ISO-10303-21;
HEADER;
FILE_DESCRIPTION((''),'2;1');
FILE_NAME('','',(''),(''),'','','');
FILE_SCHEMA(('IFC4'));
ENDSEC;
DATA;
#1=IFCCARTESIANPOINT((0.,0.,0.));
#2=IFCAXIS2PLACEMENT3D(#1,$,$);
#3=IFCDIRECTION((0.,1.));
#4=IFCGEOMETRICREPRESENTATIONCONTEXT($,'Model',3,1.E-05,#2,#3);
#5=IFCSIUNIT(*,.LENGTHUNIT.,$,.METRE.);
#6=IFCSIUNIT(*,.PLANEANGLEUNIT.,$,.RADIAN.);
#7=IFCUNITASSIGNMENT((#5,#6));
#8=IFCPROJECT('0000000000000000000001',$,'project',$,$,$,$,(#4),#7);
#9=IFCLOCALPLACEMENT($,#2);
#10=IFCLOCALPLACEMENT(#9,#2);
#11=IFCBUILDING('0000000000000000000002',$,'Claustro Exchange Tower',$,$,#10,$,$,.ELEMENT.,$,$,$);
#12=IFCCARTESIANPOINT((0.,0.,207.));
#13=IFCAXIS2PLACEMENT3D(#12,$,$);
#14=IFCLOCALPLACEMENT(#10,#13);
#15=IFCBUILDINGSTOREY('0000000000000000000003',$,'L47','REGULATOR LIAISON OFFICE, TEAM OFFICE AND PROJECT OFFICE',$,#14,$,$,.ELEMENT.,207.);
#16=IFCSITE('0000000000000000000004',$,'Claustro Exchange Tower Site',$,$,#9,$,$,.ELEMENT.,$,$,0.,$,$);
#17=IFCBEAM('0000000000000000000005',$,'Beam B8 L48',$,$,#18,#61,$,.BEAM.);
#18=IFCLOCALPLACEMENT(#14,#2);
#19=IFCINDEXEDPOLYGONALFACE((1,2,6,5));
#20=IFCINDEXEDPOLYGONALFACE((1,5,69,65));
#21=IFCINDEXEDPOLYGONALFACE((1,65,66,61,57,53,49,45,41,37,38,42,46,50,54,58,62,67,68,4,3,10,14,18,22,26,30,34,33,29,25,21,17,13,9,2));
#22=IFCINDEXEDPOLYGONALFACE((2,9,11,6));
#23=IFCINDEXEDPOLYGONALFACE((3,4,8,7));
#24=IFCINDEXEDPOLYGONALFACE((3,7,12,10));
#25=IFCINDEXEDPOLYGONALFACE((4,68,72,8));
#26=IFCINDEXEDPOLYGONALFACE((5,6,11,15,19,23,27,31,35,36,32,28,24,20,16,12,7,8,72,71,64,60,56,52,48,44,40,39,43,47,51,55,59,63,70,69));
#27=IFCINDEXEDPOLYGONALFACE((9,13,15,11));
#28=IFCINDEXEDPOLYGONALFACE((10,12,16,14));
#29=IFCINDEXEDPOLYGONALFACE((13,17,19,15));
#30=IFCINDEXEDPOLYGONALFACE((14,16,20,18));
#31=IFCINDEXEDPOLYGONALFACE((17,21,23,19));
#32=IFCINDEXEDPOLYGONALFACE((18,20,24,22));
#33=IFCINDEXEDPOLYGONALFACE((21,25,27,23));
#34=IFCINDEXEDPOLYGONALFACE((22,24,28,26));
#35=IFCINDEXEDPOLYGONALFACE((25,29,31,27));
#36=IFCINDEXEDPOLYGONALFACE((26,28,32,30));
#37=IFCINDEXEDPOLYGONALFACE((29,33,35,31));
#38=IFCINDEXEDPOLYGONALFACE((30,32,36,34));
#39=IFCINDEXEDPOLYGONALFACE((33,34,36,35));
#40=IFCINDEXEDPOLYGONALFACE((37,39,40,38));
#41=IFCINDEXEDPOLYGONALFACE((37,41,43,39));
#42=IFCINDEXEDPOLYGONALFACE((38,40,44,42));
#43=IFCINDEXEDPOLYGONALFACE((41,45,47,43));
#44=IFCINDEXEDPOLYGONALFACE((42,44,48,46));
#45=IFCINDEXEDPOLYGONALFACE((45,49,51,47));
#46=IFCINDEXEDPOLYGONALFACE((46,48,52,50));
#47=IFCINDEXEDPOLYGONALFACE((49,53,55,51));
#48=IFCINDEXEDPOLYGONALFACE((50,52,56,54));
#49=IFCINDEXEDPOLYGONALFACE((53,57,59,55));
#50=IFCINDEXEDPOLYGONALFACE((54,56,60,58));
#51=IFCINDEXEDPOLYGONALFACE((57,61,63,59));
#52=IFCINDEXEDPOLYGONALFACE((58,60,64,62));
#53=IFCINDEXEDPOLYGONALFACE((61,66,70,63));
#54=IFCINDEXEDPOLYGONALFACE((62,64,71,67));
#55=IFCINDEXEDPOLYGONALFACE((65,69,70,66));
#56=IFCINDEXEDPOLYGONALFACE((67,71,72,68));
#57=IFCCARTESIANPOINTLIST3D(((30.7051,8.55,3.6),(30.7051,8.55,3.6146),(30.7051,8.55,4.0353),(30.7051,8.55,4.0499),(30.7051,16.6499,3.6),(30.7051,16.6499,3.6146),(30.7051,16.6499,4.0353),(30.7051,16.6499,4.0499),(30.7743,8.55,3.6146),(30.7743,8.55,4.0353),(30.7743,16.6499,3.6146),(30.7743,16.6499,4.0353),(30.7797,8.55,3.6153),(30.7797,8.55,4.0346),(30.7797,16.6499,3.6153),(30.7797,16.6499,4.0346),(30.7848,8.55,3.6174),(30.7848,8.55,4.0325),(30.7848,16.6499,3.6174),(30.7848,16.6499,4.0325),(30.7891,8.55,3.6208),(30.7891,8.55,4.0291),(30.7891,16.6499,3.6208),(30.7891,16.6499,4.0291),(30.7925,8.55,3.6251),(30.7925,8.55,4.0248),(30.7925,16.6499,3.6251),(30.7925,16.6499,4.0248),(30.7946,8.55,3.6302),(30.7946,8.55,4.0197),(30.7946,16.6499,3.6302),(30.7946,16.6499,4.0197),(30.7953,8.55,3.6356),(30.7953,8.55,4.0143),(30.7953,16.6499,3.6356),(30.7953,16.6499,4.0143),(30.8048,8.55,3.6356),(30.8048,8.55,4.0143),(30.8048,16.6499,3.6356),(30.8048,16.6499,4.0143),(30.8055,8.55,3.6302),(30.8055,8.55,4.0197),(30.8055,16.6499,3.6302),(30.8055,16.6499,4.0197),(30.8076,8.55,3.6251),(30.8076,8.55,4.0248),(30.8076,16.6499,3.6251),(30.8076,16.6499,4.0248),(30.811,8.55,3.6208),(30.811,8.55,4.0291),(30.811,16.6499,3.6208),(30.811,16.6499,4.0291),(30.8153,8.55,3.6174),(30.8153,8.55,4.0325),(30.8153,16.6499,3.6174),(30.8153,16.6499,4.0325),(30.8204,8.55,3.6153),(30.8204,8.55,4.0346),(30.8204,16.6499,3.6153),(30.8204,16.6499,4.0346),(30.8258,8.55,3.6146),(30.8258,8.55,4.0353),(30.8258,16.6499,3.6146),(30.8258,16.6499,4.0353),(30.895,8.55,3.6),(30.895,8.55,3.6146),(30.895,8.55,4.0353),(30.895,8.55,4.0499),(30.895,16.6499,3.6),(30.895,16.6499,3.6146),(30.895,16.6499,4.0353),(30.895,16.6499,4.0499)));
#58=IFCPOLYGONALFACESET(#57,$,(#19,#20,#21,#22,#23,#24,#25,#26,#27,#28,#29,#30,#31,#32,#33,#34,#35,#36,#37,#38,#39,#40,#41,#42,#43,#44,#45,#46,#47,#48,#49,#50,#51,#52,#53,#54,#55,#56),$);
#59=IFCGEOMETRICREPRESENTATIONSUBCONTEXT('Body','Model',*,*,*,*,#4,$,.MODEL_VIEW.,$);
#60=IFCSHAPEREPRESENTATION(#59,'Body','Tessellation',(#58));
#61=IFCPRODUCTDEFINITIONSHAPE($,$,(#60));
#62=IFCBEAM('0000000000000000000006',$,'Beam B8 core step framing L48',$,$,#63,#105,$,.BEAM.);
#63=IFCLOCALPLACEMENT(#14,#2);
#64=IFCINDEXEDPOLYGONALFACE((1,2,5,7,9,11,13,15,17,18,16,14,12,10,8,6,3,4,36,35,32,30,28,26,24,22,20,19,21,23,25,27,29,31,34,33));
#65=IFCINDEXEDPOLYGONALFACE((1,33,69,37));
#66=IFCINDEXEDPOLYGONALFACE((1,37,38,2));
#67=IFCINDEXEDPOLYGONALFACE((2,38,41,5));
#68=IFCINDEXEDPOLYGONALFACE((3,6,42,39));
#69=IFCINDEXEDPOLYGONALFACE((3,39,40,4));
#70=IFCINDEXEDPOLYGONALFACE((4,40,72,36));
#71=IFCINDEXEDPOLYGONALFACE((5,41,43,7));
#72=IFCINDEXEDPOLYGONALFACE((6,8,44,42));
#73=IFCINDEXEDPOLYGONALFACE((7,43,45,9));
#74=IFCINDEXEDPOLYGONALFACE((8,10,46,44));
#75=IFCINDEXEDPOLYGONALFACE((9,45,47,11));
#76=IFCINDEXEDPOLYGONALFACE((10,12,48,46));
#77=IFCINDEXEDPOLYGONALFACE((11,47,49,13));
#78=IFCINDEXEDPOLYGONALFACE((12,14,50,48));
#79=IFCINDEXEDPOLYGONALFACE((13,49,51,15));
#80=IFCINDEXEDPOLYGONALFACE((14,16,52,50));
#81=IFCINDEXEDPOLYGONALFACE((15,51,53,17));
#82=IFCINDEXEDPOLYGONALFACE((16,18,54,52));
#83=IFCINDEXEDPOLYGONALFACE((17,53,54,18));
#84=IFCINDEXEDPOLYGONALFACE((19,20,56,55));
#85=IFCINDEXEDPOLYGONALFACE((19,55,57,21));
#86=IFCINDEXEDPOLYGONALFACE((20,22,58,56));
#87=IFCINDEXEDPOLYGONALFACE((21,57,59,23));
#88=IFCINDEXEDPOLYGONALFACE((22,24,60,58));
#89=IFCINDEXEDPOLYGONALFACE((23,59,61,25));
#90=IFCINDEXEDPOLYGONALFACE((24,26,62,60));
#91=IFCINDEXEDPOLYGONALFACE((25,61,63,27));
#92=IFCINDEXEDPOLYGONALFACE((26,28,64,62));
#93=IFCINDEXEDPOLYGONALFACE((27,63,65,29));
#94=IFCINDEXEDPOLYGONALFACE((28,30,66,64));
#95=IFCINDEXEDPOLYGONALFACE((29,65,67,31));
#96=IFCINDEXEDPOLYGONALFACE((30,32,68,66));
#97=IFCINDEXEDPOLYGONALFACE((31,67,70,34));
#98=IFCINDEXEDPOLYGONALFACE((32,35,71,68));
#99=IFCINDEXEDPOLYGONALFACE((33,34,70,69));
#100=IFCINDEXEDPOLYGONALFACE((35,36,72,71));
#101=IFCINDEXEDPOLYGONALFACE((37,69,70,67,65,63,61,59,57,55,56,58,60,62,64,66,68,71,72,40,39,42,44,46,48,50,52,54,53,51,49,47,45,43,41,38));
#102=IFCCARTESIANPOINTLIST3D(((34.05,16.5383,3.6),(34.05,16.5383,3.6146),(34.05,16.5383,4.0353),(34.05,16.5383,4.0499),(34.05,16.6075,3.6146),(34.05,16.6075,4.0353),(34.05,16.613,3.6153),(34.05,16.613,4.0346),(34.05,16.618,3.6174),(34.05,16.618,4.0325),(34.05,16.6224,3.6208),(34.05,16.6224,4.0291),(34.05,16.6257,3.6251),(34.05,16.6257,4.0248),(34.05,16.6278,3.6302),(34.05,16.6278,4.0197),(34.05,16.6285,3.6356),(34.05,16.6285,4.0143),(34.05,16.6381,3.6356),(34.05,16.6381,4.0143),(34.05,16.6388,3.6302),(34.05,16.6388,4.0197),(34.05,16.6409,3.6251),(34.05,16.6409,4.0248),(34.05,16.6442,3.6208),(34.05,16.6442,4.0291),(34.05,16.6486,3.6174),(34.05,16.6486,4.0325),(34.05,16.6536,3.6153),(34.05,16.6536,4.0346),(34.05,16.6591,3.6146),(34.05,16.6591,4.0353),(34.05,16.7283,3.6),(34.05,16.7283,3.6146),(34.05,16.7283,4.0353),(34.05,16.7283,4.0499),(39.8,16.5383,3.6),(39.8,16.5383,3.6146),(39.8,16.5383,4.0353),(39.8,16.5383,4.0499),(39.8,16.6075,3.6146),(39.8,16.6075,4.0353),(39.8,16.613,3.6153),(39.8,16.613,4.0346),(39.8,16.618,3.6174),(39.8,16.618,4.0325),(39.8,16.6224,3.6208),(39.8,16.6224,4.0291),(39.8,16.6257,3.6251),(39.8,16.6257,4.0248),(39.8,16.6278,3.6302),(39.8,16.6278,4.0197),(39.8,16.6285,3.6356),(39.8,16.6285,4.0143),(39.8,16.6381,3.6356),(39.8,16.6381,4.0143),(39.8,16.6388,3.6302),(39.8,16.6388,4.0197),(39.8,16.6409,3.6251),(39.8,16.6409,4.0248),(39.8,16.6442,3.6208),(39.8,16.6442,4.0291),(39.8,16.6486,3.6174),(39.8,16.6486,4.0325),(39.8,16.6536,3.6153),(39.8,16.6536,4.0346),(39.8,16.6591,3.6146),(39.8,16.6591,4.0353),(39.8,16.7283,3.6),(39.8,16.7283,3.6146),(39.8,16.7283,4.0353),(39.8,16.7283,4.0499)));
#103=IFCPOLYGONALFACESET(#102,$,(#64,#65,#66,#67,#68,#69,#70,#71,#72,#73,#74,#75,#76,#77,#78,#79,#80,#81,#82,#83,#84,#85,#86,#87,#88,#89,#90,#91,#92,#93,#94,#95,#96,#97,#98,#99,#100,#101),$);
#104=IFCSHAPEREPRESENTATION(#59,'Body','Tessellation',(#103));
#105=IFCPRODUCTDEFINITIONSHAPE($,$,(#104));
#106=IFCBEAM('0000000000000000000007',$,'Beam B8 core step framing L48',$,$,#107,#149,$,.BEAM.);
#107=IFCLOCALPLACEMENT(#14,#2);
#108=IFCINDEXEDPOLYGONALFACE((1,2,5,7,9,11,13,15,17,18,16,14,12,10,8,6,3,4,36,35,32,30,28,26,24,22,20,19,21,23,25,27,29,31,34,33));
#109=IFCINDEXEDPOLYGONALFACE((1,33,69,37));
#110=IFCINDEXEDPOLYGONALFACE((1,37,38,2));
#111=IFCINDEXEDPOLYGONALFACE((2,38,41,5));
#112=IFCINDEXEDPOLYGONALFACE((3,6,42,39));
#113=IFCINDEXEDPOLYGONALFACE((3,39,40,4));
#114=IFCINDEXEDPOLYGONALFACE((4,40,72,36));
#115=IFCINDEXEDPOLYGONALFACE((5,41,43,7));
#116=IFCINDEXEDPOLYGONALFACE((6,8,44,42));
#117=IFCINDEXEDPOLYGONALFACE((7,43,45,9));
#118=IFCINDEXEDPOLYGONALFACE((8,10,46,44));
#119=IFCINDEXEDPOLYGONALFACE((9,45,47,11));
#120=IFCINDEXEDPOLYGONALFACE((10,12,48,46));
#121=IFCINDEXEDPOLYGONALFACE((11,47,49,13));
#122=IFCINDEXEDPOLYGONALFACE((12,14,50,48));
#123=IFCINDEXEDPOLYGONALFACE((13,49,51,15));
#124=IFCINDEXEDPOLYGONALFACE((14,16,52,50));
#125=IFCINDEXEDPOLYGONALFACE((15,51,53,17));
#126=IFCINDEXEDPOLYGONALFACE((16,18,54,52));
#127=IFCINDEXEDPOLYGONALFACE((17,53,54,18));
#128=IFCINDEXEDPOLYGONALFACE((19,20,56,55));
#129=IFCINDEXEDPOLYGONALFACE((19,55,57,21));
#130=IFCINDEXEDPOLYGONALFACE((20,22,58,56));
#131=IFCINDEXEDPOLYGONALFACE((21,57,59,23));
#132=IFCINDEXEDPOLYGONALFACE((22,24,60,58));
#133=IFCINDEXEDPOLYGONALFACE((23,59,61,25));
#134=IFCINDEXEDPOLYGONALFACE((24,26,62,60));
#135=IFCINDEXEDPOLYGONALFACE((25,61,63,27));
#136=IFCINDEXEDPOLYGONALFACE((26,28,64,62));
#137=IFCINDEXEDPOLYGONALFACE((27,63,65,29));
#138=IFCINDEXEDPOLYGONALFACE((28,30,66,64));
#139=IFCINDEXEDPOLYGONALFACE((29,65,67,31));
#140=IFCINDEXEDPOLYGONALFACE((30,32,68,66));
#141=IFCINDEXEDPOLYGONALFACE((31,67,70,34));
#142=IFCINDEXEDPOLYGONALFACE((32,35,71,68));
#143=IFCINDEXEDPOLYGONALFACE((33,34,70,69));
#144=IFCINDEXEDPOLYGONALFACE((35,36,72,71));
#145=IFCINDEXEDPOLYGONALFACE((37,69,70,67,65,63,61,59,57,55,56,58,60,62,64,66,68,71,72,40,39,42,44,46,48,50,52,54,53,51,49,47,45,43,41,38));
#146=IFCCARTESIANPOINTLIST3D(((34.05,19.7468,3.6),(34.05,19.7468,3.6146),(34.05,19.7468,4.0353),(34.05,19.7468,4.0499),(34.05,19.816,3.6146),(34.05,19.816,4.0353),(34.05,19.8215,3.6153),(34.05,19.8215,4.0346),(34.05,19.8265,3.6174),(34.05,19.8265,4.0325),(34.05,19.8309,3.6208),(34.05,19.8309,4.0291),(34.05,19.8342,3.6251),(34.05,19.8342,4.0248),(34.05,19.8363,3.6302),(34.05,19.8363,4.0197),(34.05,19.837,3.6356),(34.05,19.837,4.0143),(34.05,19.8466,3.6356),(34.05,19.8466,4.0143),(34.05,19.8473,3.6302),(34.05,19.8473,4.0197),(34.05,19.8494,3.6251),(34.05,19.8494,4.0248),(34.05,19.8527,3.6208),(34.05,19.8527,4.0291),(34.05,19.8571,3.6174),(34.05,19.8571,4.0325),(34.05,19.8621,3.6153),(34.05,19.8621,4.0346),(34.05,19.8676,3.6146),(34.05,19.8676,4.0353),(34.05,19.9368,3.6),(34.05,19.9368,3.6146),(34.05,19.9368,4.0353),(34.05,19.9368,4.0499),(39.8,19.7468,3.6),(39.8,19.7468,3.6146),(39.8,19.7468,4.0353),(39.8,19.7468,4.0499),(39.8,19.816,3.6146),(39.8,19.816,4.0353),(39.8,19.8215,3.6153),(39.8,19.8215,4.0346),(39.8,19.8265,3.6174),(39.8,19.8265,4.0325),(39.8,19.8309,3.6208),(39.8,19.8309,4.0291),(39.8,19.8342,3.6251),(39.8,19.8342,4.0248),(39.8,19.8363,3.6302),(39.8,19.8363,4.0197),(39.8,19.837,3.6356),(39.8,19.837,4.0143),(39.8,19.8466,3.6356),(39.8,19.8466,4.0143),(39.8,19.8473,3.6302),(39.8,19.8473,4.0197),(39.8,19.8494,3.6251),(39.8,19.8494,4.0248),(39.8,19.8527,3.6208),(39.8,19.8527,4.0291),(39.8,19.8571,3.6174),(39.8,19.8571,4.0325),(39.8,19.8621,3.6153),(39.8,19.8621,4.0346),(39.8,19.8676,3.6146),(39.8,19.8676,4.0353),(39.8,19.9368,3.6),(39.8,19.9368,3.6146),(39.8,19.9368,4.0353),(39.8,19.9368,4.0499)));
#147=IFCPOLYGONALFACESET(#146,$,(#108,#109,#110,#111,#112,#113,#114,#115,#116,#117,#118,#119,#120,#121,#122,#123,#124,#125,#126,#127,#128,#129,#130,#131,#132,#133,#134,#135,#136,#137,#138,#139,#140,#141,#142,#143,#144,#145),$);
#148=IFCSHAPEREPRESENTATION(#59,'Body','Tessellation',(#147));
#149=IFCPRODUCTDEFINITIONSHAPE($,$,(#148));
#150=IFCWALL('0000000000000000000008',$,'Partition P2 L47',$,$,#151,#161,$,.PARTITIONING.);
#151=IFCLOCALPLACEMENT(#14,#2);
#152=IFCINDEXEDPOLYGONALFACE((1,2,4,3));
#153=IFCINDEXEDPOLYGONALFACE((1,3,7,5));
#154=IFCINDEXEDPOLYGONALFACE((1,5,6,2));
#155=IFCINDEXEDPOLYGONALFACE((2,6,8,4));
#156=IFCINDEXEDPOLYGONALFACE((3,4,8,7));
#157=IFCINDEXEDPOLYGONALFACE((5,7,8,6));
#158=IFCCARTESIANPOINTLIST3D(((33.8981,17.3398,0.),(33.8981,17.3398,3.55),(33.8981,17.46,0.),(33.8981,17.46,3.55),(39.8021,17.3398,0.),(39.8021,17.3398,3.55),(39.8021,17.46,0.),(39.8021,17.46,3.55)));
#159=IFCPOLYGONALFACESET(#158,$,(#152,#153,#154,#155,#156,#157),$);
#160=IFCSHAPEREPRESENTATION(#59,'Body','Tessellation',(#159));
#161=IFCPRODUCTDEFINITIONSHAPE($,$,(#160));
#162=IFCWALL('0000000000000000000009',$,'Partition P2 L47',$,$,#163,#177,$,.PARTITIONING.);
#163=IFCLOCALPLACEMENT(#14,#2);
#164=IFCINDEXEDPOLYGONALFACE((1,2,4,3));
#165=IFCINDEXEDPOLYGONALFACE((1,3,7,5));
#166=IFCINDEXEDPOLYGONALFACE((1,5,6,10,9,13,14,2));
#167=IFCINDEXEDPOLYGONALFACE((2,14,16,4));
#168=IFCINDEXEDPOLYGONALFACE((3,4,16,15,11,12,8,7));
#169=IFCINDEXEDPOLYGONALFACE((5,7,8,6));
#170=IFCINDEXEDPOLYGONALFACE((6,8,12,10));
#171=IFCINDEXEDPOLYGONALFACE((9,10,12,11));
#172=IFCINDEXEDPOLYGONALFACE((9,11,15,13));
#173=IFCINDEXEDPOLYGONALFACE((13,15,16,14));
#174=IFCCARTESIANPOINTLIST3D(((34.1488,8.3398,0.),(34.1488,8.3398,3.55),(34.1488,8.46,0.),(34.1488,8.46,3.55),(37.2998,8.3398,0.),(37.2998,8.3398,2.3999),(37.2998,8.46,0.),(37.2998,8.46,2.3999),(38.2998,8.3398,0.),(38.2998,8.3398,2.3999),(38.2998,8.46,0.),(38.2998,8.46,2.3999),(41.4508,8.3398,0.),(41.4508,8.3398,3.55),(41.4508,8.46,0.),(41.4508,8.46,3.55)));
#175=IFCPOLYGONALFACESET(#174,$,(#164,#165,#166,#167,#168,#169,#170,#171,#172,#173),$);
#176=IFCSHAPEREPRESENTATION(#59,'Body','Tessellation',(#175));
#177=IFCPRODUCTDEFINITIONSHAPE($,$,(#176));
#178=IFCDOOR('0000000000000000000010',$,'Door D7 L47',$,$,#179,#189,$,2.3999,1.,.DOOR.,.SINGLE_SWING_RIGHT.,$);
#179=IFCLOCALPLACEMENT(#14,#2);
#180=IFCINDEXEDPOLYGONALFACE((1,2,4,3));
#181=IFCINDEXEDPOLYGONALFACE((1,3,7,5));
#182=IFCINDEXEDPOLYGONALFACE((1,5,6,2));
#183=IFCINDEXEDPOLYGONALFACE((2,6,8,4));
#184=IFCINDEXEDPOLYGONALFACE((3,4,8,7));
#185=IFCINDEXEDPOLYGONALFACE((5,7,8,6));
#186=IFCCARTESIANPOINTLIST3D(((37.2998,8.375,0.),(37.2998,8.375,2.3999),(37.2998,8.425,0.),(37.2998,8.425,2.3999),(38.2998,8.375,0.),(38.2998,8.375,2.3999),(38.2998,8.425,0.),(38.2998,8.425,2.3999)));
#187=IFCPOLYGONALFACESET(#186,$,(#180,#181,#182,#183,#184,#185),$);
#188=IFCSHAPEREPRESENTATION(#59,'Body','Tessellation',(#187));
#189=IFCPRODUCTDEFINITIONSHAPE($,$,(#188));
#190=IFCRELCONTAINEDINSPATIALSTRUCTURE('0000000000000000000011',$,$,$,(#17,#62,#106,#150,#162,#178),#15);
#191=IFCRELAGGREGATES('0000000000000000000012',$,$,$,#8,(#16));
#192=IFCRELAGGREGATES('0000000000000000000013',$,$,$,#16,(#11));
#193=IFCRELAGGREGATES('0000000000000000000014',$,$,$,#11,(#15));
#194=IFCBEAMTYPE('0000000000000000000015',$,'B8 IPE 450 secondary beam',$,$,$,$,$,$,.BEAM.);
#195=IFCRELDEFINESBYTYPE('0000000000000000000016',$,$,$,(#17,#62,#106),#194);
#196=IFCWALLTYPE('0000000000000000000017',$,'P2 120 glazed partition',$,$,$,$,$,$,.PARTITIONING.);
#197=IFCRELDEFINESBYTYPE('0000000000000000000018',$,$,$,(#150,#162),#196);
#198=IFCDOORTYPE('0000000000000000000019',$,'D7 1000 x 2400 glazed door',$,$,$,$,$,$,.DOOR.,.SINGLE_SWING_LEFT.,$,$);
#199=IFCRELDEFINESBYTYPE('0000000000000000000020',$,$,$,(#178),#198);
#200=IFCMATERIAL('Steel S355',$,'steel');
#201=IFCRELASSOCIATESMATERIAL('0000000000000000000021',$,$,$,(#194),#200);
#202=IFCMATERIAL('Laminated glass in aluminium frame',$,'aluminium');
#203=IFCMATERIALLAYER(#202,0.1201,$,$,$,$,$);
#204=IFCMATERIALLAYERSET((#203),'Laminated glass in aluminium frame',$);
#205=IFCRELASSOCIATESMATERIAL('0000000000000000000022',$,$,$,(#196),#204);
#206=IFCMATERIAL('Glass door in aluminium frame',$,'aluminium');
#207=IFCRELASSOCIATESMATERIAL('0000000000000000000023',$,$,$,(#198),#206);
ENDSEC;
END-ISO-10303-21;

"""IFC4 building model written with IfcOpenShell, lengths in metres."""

from ifc_helpers import new_model, si_unit, direction, frame, frame_2d, origin, origin_2d, place, context, subcontext, project, spatial, rectangle, i_section, extrude, material, layer, layer_set, material_profile, profile_set, type_object, element, fill, save


model = new_model("IFC4")

# Units and contexts
model_context = context("Model", 3, precision=1e-05, world=origin(), true_north=direction((0.0, 1.0)))
body_context = subcontext(model_context, "Body", "Model", "MODEL_VIEW")
ifc_project = project(units=[si_unit("LENGTHUNIT", "METRE"), si_unit("PLANEANGLEUNIT", "RADIAN")], contexts=[model_context])

# Site, building, storey
site_placement = place(None, origin())
site = spatial("IfcSite", under=ifc_project, at=site_placement, Name="Claustro Exchange Tower Site", CompositionType="ELEMENT", RefElevation=0.0)
building_placement = place(site_placement, origin())
building = spatial("IfcBuilding", under=site, at=building_placement, Name="Claustro Exchange Tower", CompositionType="ELEMENT")
storey_placement = place(building_placement, frame((0.0, 0.0, 207.0)))
storey = spatial("IfcBuildingStorey", under=building, at=storey_placement, Name="L47", Description="REGULATOR LIAISON OFFICE, TEAM OFFICE AND PROJECT OFFICE", CompositionType="ELEMENT", Elevation=207.0)

# Beams
ifc_material_1 = material(Name="Steel S355", Category="steel")
ifc_material_profile_1 = material_profile(ifc_material_1, i_section(OverallWidth=0.1899, OverallDepth=0.45, WebThickness=0.0095, FlangeThickness=0.0146, FilletRadius=0.021, at=origin_2d()), Name="IPE 450")
ifc_profile_set_1 = profile_set([ifc_material_profile_1], Name="Steel S355")
beam_type_1 = type_object("IfcBeamType", Name="B8 IPE 450 secondary beam", PredefinedType="BEAM", material=ifc_profile_set_1)
for number, where, z_axis, x_axis, name in (
    (1, (30.8, 8.55, 3.825), (0.0, 1.0, 0.0), (-1.0, 0.0, 0.0), "Beam B8 L48"),
):
    element("IfcBeam", number, at=place(storey_placement, frame(where, z_axis=z_axis, x_axis=x_axis)), inside=storey, type_object=beam_type_1, Name=name, PredefinedType="BEAM", context=body_context, shape_type="SweptSolid", body=[
        extrude(i_section(OverallWidth=0.1899, OverallDepth=0.45, WebThickness=0.0095, FlangeThickness=0.0146, FilletRadius=0.021, at=origin_2d()), origin(), (0.0, 0.0, 1.0), 8.0999),
    ])
for number, where, z_axis, x_axis, name in (
    (2, (34.05, 16.6333, 3.825), (1.0, 0.0, 0.0), (0.0, 1.0, 0.0), "Beam B8 core step framing L48"),
    (3, (34.05, 19.8418, 3.825), (1.0, 0.0, 0.0), (0.0, 1.0, 0.0), "Beam B8 core step framing L48"),
):
    element("IfcBeam", number, at=place(storey_placement, frame(where, z_axis=z_axis, x_axis=x_axis)), inside=storey, type_object=beam_type_1, Name=name, PredefinedType="BEAM", context=body_context, shape_type="SweptSolid", body=[
        extrude(i_section(OverallWidth=0.1899, OverallDepth=0.45, WebThickness=0.0095, FlangeThickness=0.0146, FilletRadius=0.021, at=origin_2d()), origin(), (0.0, 0.0, 1.0), 5.75),
    ])

# Wall
ifc_material_2 = material(Name="Laminated glass in aluminium frame", Category="aluminium")
ifc_layer_1 = layer(ifc_material_2, 0.1201)
ifc_layer_set_1 = layer_set([ifc_layer_1], Name="Laminated glass in aluminium frame")
wall_type_1 = type_object("IfcWallType", Name="P2 120 glazed partition", PredefinedType="PARTITIONING", material=ifc_layer_set_1)
wall_1_placement = place(storey_placement, frame((33.8979, 17.3999, 0.0), z_axis=(0.0, 0.0, 1.0), x_axis=(1.0, 0.0, 0.0)))
element("IfcWall", 4, at=wall_1_placement, inside=storey, type_object=wall_type_1, Name="Partition P2 L47", PredefinedType="PARTITIONING", context=body_context, shape_type="SweptSolid", body=[
    extrude(rectangle(XDim=5.9041, YDim=0.1201, at=frame_2d((2.9521, 0.0))), origin(), (0.0, 0.0, 1.0), 3.55),
])

# Wall, opening, door
wall_2_placement = place(storey_placement, frame((34.1489, 8.3999, 0.0), z_axis=(0.0, 0.0, 1.0), x_axis=(1.0, 0.0, 0.0)))
wall_2 = element("IfcWall", 5, at=wall_2_placement, inside=storey, type_object=wall_type_1, Name="Partition P2 L47", PredefinedType="PARTITIONING", context=body_context, shape_type="SweptSolid", body=[
    extrude(rectangle(XDim=7.302, YDim=0.1201, at=frame_2d((3.6509, 0.0))), origin(), (0.0, 0.0, 1.0), 3.55),
])
opening_1_placement = place(wall_2_placement, frame((3.1509, 0.0, 0.0)))
opening_1 = element("IfcOpeningElement", 6, at=opening_1_placement, cuts=wall_2, PredefinedType="OPENING", context=body_context, shape_type="SweptSolid", body=[
    extrude(rectangle(XDim=1.0, YDim=2.3999, at=frame_2d((0.5, 1.2))), frame((0.0, 0.0701, 0.0), z_axis=(0.0, -1.0, 0.0), x_axis=(1.0, 0.0, 0.0)), (0.0, 0.0, 1.0), 0.1401),
])
ifc_material_3 = material(Name="Glass door in aluminium frame", Category="aluminium")
door_type_1 = type_object("IfcDoorType", Name="D7 1000 x 2400 glazed door", OperationType="SINGLE_SWING_LEFT", PredefinedType="DOOR", material=ifc_material_3)
door_1_placement = place(opening_1_placement, frame((1.0, 0.0, 0.0), z_axis=(0.0, 0.0, 1.0), x_axis=(-1.0, 0.0, 0.0)))
door_1 = element("IfcDoor", 7, at=door_1_placement, inside=storey, type_object=door_type_1, Name="Door D7 L47", OperationType="SINGLE_SWING_RIGHT", OverallHeight=2.3999, OverallWidth=1.0, PredefinedType="DOOR", context=body_context, shape_type="SweptSolid", body=[
    extrude(rectangle(XDim=1.0, YDim=2.3999, at=frame_2d((0.5, 1.2))), frame((0.0, 0.0249, 0.0), z_axis=(0.0, -1.0, 0.0), x_axis=(1.0, 0.0, 0.0)), (0.0, 0.0, 1.0), 0.05),
])
fill(opening_1, door_1)

save(model, "model.ifc")
